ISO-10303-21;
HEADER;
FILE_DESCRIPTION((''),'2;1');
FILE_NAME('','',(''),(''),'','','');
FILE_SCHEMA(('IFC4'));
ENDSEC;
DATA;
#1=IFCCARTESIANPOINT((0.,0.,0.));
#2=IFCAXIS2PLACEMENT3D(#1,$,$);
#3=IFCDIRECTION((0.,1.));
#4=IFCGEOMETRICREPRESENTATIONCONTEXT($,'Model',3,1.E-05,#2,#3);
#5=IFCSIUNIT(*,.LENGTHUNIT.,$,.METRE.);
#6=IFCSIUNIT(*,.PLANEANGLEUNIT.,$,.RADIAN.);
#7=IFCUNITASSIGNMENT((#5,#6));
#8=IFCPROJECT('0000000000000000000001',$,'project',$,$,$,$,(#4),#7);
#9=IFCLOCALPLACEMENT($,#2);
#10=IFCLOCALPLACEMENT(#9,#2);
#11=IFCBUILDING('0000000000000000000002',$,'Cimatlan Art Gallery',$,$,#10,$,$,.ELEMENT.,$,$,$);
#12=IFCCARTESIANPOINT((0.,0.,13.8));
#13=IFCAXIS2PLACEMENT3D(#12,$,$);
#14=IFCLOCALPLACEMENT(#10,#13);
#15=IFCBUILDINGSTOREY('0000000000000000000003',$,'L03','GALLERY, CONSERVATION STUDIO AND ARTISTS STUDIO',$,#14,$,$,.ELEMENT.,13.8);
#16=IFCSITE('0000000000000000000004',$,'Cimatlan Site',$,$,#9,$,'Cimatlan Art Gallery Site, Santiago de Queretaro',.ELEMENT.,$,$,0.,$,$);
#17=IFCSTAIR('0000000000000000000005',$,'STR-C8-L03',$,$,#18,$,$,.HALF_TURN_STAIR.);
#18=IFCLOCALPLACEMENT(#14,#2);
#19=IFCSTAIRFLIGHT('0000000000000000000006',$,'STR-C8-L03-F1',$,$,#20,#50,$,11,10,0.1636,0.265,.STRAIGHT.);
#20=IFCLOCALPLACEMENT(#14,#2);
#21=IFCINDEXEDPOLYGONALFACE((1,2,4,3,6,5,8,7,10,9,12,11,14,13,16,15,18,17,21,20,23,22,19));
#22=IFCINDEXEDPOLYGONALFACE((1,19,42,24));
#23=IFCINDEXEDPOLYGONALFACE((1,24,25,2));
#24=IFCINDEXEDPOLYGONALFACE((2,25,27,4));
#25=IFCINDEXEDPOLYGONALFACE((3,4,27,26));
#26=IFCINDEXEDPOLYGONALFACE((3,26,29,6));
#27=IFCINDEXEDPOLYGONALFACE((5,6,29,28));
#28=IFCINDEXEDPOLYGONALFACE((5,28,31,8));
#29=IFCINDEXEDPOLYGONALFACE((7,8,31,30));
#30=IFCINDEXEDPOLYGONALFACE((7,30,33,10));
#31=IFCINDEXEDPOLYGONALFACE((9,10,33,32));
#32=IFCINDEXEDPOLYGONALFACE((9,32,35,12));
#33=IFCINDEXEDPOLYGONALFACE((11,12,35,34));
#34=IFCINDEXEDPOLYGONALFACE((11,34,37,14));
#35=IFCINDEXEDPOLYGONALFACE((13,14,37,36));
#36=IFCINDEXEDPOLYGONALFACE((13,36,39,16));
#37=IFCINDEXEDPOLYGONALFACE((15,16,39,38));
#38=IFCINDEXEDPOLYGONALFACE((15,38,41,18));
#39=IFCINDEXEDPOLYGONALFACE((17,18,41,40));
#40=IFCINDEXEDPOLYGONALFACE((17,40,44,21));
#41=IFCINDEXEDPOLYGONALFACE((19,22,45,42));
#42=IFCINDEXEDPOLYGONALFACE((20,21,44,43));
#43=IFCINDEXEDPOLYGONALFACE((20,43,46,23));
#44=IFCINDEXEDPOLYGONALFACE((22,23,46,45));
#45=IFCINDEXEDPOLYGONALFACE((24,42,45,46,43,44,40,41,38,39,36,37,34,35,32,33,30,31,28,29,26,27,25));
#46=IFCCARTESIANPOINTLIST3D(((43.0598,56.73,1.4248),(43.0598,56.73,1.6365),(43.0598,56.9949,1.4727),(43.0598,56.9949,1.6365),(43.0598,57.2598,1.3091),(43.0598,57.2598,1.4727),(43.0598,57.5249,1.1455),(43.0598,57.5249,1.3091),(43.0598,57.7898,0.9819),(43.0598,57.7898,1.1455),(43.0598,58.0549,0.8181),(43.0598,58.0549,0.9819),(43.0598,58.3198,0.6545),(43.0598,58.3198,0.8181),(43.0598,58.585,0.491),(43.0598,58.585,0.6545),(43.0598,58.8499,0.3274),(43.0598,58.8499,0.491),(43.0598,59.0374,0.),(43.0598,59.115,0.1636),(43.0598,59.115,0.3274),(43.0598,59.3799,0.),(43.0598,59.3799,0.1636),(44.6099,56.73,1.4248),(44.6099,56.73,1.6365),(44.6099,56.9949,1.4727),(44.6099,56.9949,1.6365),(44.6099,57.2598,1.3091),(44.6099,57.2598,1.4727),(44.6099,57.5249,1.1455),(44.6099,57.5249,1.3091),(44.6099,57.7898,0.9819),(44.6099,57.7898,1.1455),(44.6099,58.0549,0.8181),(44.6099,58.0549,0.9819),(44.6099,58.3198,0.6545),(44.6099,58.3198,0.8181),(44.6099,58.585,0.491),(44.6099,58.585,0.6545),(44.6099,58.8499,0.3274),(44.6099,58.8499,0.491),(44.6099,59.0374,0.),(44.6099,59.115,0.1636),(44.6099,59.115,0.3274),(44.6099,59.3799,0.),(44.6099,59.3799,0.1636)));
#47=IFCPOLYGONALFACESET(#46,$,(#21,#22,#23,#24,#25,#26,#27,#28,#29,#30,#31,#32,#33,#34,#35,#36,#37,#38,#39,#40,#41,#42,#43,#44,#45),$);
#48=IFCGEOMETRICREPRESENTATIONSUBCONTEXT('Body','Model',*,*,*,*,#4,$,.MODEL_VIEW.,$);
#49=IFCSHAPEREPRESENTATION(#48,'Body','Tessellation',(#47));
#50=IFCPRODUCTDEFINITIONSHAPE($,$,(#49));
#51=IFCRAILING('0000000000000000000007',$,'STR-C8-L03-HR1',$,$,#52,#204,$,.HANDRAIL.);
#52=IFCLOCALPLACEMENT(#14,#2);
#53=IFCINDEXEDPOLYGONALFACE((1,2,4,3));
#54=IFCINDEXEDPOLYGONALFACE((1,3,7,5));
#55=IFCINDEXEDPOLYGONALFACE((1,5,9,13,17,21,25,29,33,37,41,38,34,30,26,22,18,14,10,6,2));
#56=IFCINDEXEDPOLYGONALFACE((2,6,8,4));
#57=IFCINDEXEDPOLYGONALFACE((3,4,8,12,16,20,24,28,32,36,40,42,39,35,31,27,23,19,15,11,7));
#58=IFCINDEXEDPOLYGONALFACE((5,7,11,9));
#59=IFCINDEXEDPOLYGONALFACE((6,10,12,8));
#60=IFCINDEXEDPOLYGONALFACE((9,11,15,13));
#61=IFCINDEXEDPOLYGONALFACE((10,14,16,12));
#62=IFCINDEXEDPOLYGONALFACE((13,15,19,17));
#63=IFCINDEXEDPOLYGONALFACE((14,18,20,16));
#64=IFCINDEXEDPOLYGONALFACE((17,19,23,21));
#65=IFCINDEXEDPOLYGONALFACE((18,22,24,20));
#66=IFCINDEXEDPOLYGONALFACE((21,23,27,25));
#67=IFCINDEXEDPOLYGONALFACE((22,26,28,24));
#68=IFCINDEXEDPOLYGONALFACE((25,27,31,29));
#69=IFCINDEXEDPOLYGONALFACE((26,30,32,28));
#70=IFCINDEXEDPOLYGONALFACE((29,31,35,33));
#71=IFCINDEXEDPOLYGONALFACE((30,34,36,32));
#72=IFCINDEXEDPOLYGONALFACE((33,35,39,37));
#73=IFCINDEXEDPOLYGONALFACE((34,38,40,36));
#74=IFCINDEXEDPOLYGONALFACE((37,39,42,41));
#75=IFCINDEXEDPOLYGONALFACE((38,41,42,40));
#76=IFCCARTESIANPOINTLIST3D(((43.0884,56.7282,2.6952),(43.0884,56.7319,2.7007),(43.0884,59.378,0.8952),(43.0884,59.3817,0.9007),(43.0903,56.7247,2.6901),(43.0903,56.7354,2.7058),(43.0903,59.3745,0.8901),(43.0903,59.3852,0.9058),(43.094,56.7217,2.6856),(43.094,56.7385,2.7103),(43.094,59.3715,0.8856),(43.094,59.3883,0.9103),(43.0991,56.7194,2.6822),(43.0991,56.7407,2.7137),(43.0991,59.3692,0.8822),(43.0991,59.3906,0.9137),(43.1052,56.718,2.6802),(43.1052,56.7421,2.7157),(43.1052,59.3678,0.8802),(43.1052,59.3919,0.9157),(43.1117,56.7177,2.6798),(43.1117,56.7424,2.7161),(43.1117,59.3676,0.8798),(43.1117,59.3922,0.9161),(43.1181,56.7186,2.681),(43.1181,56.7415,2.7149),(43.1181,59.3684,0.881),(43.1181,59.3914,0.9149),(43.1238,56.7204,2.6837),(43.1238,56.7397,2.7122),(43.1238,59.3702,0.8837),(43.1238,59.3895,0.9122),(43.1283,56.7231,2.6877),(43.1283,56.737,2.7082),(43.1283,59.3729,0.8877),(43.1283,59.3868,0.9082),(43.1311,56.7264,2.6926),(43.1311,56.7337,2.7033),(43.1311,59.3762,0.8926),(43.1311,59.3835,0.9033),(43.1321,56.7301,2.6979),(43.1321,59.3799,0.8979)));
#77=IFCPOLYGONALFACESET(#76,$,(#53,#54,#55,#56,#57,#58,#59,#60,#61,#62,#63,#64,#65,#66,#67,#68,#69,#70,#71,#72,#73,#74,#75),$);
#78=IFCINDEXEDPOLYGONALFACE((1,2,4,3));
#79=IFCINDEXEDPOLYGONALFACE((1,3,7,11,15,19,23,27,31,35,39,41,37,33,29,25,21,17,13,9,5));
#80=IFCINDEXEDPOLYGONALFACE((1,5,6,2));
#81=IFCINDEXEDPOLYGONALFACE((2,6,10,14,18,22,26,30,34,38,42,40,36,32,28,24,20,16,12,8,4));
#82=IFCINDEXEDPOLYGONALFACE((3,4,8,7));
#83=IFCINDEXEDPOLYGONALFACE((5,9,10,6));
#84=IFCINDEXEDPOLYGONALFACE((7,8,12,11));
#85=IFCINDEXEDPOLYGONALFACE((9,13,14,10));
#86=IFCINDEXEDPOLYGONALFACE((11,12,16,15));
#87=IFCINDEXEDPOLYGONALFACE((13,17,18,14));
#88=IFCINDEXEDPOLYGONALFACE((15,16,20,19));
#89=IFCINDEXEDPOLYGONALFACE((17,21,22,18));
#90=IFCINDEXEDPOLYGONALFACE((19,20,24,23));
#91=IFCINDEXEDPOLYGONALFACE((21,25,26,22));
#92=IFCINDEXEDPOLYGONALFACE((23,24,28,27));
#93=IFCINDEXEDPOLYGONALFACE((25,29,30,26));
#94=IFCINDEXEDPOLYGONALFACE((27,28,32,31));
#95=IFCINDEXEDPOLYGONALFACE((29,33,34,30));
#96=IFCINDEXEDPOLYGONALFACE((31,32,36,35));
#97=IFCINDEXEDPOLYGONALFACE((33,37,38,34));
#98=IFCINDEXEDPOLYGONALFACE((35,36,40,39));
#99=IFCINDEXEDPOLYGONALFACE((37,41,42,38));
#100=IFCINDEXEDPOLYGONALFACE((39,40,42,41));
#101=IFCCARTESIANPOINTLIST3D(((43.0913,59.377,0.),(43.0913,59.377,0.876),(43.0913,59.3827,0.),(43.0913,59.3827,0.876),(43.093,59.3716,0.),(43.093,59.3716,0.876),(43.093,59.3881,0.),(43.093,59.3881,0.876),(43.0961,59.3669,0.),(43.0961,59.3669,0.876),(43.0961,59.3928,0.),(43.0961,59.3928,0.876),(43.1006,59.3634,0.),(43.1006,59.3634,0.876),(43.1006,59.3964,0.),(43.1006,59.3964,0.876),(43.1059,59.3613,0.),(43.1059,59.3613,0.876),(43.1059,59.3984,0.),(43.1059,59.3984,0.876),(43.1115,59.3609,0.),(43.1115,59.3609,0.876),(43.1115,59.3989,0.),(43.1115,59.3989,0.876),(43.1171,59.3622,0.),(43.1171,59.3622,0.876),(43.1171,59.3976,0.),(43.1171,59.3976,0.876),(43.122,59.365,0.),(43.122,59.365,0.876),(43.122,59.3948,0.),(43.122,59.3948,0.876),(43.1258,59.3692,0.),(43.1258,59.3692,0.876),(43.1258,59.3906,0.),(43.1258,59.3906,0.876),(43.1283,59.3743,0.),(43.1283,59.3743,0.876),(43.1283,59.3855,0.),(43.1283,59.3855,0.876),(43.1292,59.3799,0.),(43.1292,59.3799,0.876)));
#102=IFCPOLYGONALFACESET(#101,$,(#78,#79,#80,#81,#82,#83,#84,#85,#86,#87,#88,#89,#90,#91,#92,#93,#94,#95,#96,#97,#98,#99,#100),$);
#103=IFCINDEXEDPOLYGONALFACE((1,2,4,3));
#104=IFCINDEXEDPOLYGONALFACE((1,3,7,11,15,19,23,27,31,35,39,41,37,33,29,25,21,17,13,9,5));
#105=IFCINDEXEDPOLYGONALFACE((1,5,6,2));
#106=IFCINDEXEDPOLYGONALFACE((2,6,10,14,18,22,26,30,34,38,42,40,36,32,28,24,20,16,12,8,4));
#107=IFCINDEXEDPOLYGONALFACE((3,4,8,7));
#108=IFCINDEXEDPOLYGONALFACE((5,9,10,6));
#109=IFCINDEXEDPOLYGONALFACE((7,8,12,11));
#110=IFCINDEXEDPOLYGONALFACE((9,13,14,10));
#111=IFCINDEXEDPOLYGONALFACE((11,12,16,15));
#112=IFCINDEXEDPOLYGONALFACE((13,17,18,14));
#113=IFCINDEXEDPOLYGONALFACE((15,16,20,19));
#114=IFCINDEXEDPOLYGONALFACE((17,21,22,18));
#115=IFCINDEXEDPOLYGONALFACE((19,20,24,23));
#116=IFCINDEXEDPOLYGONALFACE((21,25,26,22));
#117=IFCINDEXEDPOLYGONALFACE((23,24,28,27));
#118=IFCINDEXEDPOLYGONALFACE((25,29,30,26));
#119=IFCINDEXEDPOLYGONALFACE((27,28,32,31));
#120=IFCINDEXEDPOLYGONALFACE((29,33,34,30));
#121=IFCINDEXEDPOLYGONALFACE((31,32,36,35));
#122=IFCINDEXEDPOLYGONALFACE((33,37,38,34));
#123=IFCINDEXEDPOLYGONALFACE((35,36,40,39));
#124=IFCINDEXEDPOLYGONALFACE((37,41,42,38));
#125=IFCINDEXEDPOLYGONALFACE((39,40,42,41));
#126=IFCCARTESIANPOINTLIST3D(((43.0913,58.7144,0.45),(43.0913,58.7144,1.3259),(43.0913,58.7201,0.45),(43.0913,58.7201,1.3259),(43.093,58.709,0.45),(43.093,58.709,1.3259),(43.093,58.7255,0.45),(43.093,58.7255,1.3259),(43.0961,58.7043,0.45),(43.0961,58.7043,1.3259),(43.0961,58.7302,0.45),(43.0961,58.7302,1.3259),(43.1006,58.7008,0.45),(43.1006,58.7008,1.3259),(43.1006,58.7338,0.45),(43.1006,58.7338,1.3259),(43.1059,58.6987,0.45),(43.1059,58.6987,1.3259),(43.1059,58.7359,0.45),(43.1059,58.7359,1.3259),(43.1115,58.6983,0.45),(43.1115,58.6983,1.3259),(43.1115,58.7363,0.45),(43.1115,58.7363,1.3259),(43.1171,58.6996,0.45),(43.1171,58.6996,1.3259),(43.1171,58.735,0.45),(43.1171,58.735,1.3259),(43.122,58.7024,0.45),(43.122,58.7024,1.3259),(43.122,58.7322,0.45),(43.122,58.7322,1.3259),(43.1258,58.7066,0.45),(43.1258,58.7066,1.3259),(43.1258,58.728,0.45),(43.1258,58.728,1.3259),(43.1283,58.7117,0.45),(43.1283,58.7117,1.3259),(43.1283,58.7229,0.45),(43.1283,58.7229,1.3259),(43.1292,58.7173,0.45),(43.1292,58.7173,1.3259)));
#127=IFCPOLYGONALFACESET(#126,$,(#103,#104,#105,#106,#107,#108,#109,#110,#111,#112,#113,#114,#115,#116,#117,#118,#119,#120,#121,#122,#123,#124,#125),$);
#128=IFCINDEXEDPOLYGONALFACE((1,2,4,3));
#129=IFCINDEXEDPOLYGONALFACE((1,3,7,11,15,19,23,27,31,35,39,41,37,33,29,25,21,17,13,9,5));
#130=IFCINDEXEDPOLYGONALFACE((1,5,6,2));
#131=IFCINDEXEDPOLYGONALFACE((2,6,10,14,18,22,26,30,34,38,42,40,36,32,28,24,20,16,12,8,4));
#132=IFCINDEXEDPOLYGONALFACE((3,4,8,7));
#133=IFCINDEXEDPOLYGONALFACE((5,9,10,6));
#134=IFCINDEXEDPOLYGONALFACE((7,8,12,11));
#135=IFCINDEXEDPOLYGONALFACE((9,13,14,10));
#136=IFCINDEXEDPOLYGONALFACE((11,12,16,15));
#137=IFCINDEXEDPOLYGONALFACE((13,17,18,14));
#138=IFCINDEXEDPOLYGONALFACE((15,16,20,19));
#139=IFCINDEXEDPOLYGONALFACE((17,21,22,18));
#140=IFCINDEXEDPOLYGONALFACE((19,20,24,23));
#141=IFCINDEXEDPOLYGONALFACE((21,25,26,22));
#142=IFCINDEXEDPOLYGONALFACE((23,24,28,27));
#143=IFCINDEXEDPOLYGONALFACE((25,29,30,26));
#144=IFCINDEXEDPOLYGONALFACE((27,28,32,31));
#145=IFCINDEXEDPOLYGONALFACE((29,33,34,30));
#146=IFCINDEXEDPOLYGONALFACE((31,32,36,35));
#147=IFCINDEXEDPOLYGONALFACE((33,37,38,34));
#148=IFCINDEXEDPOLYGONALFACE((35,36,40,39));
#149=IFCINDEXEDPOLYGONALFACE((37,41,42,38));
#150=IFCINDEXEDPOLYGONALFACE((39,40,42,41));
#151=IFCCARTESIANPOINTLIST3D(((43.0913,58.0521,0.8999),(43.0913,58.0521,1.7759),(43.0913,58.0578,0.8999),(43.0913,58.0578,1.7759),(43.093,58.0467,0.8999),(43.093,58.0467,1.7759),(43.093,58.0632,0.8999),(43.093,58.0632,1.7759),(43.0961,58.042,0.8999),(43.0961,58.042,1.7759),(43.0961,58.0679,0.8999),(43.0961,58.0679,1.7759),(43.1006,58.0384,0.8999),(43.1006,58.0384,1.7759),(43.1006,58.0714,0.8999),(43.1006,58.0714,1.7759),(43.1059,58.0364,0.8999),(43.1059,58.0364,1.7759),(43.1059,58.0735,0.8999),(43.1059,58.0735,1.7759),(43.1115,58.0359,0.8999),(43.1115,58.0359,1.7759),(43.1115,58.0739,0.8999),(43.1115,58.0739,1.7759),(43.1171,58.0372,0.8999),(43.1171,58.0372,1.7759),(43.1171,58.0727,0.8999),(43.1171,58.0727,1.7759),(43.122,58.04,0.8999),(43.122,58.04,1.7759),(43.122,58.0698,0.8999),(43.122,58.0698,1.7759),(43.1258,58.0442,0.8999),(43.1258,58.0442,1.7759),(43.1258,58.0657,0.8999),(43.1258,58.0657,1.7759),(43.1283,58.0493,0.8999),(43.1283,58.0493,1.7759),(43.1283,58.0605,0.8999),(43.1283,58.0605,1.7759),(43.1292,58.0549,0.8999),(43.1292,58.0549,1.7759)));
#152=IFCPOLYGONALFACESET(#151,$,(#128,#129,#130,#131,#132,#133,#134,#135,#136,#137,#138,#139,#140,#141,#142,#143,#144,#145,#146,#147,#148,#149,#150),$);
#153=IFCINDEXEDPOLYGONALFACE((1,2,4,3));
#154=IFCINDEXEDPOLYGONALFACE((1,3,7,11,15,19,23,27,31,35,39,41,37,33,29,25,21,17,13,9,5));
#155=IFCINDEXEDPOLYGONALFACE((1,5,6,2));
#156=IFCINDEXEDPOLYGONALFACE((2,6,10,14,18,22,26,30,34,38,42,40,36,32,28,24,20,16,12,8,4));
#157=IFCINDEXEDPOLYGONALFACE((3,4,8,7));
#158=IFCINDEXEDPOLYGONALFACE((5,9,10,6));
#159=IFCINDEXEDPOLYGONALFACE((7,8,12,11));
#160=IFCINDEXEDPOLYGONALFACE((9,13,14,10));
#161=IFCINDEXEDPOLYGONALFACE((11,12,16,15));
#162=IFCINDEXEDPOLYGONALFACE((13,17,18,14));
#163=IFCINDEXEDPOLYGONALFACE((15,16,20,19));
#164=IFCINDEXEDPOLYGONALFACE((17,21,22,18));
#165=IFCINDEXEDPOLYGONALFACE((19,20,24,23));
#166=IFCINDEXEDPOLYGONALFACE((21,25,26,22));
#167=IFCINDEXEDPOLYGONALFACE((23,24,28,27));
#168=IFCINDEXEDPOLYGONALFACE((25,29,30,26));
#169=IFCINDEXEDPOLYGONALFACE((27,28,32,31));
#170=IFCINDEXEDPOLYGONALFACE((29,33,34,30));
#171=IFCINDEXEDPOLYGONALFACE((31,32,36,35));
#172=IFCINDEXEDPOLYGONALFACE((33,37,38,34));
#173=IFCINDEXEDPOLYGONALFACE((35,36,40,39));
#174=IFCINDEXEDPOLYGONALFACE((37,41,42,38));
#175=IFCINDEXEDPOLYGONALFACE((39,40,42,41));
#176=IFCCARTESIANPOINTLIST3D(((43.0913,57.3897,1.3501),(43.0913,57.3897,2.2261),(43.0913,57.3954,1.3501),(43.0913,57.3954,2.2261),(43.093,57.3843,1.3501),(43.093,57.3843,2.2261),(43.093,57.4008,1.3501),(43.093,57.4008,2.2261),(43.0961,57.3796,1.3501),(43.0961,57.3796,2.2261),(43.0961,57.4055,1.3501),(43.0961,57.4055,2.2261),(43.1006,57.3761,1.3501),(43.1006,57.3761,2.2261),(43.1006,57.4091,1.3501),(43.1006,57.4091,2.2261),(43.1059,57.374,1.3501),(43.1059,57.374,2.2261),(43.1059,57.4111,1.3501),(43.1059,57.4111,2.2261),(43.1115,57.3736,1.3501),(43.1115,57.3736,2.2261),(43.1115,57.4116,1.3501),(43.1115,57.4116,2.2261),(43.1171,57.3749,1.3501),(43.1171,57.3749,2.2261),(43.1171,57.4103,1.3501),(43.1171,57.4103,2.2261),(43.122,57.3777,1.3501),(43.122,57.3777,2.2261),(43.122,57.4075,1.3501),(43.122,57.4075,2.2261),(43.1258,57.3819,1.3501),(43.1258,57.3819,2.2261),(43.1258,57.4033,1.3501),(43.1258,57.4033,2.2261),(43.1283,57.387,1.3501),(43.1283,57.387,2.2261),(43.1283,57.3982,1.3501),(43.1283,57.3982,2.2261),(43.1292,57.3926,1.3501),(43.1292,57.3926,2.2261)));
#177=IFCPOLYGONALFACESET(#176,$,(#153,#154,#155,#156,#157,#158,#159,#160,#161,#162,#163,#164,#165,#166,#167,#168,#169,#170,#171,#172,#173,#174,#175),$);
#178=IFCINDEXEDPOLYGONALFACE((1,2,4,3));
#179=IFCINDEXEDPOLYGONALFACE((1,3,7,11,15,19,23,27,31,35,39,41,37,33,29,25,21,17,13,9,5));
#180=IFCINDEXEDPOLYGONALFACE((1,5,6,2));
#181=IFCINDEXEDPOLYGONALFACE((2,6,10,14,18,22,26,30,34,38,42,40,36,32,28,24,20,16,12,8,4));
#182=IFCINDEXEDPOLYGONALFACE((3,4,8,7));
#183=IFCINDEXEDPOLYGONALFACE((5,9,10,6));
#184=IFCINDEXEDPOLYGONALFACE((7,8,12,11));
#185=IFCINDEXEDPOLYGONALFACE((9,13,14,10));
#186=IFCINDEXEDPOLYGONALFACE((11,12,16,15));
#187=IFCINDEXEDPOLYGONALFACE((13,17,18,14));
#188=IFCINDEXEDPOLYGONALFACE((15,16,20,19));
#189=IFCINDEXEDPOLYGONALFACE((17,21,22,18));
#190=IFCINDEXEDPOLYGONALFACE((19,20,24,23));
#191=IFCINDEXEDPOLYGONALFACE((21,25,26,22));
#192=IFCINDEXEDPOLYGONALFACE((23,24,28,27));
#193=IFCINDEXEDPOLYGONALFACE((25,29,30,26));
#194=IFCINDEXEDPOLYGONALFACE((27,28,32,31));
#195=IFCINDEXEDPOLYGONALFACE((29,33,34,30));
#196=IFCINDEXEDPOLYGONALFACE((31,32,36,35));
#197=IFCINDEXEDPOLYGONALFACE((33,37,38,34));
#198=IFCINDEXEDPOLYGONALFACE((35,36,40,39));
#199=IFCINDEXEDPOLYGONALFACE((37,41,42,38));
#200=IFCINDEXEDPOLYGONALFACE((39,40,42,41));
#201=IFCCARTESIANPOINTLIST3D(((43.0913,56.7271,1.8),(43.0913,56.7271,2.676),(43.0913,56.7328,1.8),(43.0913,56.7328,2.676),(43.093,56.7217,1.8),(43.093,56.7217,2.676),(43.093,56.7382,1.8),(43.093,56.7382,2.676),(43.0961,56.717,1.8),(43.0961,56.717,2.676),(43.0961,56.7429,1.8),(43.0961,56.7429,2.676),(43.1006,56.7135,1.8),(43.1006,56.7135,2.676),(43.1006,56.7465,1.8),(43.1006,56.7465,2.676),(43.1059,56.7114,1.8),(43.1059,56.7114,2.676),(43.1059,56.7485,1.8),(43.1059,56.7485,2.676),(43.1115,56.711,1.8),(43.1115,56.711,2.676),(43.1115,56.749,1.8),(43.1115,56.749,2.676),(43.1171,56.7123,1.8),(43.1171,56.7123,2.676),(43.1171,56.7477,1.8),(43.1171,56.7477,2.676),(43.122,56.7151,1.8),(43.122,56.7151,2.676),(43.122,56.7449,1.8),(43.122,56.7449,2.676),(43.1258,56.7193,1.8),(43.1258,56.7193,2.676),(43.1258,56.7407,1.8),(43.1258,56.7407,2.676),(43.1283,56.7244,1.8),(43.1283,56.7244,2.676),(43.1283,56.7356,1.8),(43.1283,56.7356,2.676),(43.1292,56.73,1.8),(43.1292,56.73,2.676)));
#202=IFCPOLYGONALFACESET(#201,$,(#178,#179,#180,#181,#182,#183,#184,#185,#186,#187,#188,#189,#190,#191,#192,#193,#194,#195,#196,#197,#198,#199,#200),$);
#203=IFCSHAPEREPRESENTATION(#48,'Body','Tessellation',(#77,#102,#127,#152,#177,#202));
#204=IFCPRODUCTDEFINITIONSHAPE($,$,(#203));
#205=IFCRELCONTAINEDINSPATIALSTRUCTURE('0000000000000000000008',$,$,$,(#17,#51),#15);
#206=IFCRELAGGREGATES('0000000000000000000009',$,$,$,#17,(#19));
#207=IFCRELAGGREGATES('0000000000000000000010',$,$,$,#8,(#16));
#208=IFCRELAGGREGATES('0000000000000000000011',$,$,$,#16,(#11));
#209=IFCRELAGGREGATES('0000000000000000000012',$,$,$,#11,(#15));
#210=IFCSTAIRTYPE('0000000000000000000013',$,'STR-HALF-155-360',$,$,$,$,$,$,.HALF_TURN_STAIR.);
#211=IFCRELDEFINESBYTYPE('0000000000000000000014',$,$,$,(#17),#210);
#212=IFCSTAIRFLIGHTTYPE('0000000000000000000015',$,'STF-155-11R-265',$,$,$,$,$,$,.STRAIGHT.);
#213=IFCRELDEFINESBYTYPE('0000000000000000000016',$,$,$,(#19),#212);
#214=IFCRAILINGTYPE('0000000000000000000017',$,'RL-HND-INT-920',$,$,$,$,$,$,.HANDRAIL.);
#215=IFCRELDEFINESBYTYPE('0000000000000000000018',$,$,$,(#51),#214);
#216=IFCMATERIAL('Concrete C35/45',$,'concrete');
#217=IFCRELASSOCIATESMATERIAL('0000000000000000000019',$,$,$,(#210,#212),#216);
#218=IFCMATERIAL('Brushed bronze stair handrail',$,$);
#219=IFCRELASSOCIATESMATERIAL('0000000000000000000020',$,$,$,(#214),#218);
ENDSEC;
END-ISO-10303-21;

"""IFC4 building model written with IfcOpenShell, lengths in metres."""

from ifc_helpers import new_model, si_unit, direction, frame, origin, origin_2d, place, context, subcontext, project, spatial, polyline, circle, outline, extrude, material, type_object, element, aggregate, save


model = new_model("IFC4")

# Units and contexts
model_context = context("Model", 3, precision=1e-05, world=origin(), true_north=direction((0.0, 1.0)))
body_context = subcontext(model_context, "Body", "Model", "MODEL_VIEW")
ifc_project = project(units=[si_unit("LENGTHUNIT", "METRE"), si_unit("PLANEANGLEUNIT", "RADIAN")], contexts=[model_context])

# Site, building, storey
site_placement = place(None, origin())
site = spatial("IfcSite", under=ifc_project, at=site_placement, Name="Cimatlan Site", LongName="Cimatlan Art Gallery Site, Santiago de Queretaro", CompositionType="ELEMENT", RefElevation=0.0)
building_placement = place(site_placement, origin())
building = spatial("IfcBuilding", under=site, at=building_placement, Name="Cimatlan Art Gallery", CompositionType="ELEMENT")
storey_placement = place(building_placement, frame((0.0, 0.0, 13.8)))
storey = spatial("IfcBuildingStorey", under=building, at=storey_placement, Name="L03", Description="GALLERY, CONSERVATION STUDIO AND ARTISTS STUDIO", CompositionType="ELEMENT", Elevation=13.8)

# Stair, stair flight
ifc_material_1 = material(Name="Concrete C35/45", Category="concrete")
stair_type = type_object("IfcStairType", Name="STR-HALF-155-360", PredefinedType="HALF_TURN_STAIR", material=ifc_material_1)
stair_placement = place(storey_placement, origin())
stair = element("IfcStair", 1, at=stair_placement, inside=storey, type_object=stair_type, Name="STR-C8-L03", PredefinedType="HALF_TURN_STAIR")
stair_flight_type = type_object("IfcStairFlightType", Name="STF-155-11R-265", PredefinedType="STRAIGHT", material=ifc_material_1)
stair_flight_placement = place(storey_placement, frame((43.835, 59.3799, 0.0), z_axis=(0.0, 0.0, 1.0), x_axis=(0.0, -1.0, 0.0)))
stair_flight = element("IfcStairFlight", 2, at=stair_flight_placement, type_object=stair_flight_type, Name="STR-C8-L03-F1", NumberOfRisers=11, NumberOfTreads=10, PredefinedType="STRAIGHT", RiserHeight=0.1636, TreadLength=0.265, context=body_context, shape_type="SweptSolid", body=[
    extrude(outline(polyline([(0.0, 0.0), (0.0, 0.1636), (0.2649, 0.1636), (0.2649, 0.3274), (0.53, 0.3274), (0.53, 0.491), (0.7949, 0.491), (0.7949, 0.6545), (1.0601, 0.6545), (1.0601, 0.8181), (1.325, 0.8181), (1.325, 0.9819), (1.5901, 0.9819), (1.5901, 1.1455), (1.855, 1.1455), (1.855, 1.3091), (2.1201, 1.3091), (2.1201, 1.4727), (2.385, 1.4727), (2.385, 1.6365), (2.6499, 1.6365), (2.6499, 1.8), (2.6499, 1.4248), (0.3425, 0.0), (0.0, 0.0)])), frame((0.0, 0.7749, 0.0), z_axis=(0.0, -1.0, 0.0), x_axis=(1.0, 0.0, 0.0)), (0.0, 0.0, 1.0), 1.55),
])
aggregate(stair, [stair_flight])

# Railing
ifc_material_2 = material(Name="Brushed bronze stair handrail")
railing_type_1 = type_object("IfcRailingType", Name="RL-HND-INT-920", PredefinedType="HANDRAIL", material=ifc_material_2)
railing_1_placement = place(storey_placement, frame((43.1101, 59.3799, 0.0)))
element("IfcRailing", 3, at=railing_1_placement, inside=storey, type_object=railing_type_1, Name="STR-C8-L03-HR1", PredefinedType="HANDRAIL", context=body_context, shape_type="SweptSolid", body=[
    extrude(circle(Radius=0.022, at=origin_2d()), frame((0.0, 0.0, 0.8979), z_axis=(0.0, -0.8272, 0.561908), x_axis=(1.0, 0.0, 0.0)), (0.0, 0.0, 1.0), 3.2034),
    extrude(circle(Radius=0.019, at=origin_2d()), origin(), (0.0, 0.0, 1.0), 0.876),
    extrude(circle(Radius=0.019, at=origin_2d()), frame((0.0, -0.6626, 0.45)), (0.0, 0.0, 1.0), 0.876),
    extrude(circle(Radius=0.019, at=origin_2d()), frame((0.0, -1.325, 0.8999)), (0.0, 0.0, 1.0), 0.876),
    extrude(circle(Radius=0.019, at=origin_2d()), frame((0.0, -1.9873, 1.3501)), (0.0, 0.0, 1.0), 0.876),
    extrude(circle(Radius=0.019, at=origin_2d()), frame((0.0, -2.6499, 1.8)), (0.0, 0.0, 1.0), 0.876),
])

save(model, "model.ifc")
